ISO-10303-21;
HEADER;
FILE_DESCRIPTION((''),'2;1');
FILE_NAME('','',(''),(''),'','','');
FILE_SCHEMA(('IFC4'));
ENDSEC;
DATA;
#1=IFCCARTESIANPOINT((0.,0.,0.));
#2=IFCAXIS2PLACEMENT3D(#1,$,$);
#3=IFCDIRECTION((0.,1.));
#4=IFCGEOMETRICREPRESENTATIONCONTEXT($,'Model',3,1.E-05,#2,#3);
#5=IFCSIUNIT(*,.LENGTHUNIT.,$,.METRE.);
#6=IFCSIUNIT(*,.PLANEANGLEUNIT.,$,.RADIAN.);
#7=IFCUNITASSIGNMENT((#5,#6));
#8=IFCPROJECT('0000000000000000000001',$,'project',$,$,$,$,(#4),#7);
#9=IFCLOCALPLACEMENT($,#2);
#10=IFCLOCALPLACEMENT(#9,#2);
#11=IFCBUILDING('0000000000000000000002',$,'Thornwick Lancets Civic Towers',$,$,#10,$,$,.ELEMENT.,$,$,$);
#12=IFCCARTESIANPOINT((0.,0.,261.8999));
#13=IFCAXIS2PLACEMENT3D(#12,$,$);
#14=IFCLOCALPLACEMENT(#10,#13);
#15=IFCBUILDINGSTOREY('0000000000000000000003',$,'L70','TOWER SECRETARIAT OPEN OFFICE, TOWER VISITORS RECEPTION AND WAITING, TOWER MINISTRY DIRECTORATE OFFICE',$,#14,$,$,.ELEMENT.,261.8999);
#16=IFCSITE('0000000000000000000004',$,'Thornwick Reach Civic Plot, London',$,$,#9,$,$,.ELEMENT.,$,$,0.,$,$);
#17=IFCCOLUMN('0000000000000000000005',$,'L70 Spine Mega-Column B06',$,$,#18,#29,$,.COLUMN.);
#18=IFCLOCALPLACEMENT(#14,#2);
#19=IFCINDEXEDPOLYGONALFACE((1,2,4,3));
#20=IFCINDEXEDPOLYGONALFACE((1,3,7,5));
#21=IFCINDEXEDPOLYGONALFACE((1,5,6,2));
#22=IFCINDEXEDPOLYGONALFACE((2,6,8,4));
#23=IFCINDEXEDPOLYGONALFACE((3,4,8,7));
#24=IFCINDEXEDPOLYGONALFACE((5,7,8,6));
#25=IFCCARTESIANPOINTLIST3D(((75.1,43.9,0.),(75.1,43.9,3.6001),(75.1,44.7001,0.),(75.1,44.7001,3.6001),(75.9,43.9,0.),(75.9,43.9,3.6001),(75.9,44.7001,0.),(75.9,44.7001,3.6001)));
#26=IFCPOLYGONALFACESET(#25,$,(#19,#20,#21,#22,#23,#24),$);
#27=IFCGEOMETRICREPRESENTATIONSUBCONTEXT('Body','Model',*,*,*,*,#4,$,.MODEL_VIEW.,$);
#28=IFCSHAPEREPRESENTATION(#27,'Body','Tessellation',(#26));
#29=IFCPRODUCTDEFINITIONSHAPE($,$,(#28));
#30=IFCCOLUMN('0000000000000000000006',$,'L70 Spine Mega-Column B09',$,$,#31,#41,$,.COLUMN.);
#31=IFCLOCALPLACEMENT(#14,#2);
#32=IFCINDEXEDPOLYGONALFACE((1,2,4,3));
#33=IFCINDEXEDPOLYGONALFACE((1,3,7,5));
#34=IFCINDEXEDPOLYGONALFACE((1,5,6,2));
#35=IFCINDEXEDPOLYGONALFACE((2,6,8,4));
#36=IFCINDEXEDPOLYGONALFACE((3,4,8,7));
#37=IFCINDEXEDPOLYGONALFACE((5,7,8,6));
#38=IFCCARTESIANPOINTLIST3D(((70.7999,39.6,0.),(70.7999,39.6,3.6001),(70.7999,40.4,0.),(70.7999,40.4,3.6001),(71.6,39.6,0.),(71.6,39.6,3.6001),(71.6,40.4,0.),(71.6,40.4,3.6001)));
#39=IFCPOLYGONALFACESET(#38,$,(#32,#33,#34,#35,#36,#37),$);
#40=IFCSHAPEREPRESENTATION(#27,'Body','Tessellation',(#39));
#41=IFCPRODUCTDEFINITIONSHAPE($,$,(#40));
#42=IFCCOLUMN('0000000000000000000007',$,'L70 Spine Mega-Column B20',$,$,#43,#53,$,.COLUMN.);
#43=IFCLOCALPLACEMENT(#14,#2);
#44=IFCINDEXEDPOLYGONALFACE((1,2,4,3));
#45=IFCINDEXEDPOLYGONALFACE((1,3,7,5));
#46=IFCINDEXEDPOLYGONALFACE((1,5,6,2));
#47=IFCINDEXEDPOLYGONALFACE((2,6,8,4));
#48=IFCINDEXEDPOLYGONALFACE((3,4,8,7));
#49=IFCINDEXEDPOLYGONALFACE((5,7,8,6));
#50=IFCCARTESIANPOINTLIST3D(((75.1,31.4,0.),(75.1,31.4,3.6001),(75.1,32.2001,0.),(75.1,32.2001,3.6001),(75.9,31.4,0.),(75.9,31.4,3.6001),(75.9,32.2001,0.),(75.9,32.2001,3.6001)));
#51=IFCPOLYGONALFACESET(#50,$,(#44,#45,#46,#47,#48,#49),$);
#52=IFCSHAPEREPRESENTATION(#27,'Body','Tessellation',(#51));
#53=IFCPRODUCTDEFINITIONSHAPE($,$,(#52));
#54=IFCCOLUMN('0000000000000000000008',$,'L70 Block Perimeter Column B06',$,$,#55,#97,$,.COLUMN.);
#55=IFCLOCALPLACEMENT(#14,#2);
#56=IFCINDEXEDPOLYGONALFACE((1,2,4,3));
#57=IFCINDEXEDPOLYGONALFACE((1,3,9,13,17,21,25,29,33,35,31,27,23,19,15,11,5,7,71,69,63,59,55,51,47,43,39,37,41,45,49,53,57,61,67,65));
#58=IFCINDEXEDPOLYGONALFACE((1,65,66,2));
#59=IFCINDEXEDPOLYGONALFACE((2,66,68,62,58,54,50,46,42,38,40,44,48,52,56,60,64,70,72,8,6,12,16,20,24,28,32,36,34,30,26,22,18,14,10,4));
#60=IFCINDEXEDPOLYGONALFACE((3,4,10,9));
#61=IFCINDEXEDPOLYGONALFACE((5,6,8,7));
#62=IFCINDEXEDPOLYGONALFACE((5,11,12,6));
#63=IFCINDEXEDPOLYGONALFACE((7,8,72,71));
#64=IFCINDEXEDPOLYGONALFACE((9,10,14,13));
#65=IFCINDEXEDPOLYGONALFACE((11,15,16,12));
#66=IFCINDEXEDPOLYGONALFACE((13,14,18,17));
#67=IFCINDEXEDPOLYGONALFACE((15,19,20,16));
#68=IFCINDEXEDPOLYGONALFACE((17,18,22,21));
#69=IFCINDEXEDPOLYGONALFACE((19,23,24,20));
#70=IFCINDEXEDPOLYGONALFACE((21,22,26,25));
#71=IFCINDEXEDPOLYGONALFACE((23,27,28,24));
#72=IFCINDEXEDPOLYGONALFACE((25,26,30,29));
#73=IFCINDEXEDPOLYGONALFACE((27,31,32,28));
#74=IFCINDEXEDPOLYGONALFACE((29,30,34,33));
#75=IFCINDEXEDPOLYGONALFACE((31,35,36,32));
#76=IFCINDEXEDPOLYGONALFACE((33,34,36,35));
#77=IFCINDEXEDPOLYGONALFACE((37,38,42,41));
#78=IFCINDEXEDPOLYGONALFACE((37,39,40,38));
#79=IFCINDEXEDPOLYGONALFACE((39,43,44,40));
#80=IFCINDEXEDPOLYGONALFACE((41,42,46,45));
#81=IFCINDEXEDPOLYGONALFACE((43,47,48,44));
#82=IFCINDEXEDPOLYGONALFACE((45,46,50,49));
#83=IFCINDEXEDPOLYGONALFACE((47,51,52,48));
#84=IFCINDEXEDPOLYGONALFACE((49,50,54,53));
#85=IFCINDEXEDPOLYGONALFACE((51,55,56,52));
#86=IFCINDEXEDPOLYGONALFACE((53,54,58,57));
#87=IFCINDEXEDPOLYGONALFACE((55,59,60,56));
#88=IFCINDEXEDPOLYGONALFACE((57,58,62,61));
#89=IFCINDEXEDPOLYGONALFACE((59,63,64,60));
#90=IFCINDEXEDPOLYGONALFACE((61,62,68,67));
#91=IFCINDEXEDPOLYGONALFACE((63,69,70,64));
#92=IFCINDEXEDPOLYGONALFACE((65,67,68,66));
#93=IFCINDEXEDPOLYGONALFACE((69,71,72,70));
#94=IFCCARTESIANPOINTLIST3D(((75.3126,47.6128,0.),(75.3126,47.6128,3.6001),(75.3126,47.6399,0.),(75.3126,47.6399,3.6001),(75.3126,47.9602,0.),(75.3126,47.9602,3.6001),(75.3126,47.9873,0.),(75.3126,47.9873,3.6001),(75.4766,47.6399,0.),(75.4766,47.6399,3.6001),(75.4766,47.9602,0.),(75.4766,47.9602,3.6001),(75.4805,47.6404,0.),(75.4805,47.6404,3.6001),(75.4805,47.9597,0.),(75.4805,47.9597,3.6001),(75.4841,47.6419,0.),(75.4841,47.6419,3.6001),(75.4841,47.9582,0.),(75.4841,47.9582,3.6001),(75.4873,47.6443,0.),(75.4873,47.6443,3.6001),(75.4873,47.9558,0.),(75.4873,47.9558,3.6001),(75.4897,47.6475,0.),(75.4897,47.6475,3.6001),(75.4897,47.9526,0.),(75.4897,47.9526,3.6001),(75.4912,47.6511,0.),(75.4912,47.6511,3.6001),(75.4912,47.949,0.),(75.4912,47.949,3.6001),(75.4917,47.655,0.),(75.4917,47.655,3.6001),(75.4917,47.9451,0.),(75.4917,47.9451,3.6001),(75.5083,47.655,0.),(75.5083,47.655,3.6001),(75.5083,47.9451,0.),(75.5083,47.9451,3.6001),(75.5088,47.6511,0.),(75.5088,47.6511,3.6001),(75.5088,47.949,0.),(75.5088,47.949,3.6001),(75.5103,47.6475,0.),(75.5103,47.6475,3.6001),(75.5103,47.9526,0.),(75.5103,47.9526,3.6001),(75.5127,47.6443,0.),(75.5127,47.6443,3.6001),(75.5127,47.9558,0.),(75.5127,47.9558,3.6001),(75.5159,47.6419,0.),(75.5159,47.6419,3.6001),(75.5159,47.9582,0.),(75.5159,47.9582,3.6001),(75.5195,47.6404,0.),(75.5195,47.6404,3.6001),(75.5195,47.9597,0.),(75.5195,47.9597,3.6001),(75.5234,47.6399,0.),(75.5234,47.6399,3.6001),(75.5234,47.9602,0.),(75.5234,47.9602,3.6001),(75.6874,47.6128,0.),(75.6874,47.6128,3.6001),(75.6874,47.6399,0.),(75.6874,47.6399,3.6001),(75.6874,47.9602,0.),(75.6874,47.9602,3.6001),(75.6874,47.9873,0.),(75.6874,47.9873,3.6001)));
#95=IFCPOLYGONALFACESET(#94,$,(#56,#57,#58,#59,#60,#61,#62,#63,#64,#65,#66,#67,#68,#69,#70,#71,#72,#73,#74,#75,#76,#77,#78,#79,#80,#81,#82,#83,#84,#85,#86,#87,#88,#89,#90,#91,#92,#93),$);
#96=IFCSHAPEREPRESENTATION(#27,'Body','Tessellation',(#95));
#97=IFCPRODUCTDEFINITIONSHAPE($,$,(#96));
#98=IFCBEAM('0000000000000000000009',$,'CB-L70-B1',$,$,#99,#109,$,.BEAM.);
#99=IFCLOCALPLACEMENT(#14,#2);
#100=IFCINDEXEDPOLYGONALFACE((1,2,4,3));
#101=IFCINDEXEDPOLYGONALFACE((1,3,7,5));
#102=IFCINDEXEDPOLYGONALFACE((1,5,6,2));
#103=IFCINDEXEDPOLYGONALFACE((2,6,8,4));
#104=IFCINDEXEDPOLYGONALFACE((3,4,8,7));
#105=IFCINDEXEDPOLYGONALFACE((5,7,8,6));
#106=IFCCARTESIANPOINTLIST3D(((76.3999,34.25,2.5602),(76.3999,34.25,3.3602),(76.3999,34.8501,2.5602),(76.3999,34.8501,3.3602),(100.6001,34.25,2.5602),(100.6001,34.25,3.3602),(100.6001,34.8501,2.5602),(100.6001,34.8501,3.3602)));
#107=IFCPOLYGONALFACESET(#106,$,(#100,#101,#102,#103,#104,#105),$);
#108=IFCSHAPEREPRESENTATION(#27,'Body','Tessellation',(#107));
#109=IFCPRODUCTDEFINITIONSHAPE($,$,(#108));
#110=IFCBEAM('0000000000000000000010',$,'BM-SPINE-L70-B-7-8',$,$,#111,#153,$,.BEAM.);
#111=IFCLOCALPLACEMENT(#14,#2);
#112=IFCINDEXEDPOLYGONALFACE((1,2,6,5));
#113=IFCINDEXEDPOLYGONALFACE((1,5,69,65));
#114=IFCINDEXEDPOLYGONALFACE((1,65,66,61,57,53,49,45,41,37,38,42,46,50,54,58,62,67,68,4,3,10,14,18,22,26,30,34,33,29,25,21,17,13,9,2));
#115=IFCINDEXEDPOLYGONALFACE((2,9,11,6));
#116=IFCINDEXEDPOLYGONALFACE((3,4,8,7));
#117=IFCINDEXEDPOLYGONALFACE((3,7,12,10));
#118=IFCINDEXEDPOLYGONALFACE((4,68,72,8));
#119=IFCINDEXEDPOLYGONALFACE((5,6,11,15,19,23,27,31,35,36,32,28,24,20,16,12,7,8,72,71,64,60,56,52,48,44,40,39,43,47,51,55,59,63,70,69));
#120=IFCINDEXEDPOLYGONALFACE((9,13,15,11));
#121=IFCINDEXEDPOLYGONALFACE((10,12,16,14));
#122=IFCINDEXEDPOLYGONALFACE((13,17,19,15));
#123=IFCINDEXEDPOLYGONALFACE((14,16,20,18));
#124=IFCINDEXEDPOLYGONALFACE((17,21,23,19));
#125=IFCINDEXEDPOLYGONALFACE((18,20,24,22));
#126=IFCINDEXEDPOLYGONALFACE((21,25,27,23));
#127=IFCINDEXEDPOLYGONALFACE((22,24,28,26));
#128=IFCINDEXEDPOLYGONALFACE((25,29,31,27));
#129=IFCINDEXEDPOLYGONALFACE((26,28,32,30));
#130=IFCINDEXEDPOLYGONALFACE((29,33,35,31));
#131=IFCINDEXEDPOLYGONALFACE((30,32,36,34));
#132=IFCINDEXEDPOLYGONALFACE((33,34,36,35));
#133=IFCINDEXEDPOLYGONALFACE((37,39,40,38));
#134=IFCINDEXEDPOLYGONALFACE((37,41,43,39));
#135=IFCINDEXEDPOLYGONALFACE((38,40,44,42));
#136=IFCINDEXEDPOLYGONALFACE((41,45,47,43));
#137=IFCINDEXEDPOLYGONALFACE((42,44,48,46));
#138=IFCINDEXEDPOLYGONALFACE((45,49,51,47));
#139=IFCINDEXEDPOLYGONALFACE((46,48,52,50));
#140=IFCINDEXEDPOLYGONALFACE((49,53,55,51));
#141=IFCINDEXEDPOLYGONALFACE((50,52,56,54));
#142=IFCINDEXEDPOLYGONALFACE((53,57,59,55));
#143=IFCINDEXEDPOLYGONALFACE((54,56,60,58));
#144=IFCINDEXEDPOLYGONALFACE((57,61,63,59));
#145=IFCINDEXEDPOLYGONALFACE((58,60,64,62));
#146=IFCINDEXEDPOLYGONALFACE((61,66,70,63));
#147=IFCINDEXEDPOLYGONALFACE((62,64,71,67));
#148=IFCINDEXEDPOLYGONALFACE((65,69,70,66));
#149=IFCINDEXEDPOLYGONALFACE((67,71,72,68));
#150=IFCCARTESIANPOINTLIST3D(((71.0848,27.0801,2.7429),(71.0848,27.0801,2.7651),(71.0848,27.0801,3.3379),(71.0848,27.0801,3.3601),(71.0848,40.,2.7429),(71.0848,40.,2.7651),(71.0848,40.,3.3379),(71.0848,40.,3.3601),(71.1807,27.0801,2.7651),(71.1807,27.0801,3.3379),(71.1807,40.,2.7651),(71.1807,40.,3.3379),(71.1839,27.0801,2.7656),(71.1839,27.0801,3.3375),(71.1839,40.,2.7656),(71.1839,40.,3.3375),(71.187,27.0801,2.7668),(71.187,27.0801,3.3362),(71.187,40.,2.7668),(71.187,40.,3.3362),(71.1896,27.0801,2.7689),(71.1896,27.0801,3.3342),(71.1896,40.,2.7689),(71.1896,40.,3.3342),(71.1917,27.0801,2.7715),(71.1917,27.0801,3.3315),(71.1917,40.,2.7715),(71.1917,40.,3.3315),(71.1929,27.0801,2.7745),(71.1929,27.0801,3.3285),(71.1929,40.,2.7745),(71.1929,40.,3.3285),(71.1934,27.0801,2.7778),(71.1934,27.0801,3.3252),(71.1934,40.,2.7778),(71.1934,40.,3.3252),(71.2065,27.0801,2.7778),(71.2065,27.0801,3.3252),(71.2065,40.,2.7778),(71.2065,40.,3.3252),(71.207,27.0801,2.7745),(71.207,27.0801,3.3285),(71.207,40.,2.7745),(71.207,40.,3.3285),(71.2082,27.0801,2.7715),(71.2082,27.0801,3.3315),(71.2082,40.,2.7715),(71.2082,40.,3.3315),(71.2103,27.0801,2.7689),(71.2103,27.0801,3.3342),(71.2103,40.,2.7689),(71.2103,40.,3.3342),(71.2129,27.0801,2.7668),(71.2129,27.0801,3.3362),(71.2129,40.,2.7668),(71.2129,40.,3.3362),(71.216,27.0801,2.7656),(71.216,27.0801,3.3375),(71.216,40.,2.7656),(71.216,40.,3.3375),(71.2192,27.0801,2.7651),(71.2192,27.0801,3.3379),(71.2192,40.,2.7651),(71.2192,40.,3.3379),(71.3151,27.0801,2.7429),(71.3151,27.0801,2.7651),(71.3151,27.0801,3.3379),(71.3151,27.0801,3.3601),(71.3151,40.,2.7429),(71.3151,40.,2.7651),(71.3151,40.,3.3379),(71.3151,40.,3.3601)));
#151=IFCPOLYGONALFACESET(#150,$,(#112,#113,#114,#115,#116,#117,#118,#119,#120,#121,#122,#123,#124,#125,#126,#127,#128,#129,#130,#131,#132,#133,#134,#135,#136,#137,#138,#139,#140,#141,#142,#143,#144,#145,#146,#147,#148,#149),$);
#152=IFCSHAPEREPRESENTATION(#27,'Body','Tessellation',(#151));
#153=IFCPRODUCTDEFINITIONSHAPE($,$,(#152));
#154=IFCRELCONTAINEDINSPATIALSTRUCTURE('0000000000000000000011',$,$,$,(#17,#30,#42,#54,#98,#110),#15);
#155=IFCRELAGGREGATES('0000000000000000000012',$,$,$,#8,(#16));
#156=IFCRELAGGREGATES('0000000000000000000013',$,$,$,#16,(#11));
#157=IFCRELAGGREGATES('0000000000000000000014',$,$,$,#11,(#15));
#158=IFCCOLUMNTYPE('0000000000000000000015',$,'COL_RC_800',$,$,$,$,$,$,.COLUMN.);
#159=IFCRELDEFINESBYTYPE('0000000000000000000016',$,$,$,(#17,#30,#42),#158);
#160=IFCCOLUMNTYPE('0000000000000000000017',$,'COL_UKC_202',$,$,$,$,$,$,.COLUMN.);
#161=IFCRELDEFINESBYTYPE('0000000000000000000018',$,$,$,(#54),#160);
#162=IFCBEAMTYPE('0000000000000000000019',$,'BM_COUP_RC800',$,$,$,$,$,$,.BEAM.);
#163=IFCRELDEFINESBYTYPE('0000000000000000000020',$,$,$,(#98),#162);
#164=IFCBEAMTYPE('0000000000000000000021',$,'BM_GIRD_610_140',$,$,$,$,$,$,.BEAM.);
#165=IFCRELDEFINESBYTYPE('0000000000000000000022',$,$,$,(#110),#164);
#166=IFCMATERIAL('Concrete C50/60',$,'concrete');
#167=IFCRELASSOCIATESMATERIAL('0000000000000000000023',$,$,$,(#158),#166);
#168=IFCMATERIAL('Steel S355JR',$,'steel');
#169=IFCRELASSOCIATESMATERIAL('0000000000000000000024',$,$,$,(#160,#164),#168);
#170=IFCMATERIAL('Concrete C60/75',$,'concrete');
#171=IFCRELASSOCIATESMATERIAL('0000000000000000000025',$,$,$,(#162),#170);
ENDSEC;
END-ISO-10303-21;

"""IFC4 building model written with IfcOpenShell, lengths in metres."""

from ifc_helpers import new_model, si_unit, direction, frame, origin, origin_2d, place, context, subcontext, project, spatial, rectangle, i_section, extrude, material, material_profile, profile_set, type_object, element, save


model = new_model("IFC4")

# Units and contexts
model_context = context("Model", 3, precision=1e-05, world=origin(), true_north=direction((0.0, 1.0)))
body_context = subcontext(model_context, "Body", "Model", "MODEL_VIEW")
ifc_project = project(units=[si_unit("LENGTHUNIT", "METRE"), si_unit("PLANEANGLEUNIT", "RADIAN")], contexts=[model_context])

# Site, building, storey
site_placement = place(None, origin())
site = spatial("IfcSite", under=ifc_project, at=site_placement, Name="Thornwick Reach Civic Plot, London", CompositionType="ELEMENT", RefElevation=0.0)
building_placement = place(site_placement, origin())
building = spatial("IfcBuilding", under=site, at=building_placement, Name="Thornwick Lancets Civic Towers", CompositionType="ELEMENT")
storey_placement = place(building_placement, frame((0.0, 0.0, 261.8999)))
storey = spatial("IfcBuildingStorey", under=building, at=storey_placement, Name="L70", Description="TOWER SECRETARIAT OPEN OFFICE, TOWER VISITORS RECEPTION AND WAITING, TOWER MINISTRY DIRECTORATE OFFICE", CompositionType="ELEMENT", Elevation=261.8999)

# Columns
ifc_material_1 = material(Name="Concrete C50/60", Category="concrete")
ifc_material_profile_1 = material_profile(ifc_material_1, rectangle(XDim=0.8, YDim=0.8, at=origin_2d()), Name="RC 800x800")
ifc_profile_set_1 = profile_set([ifc_material_profile_1], Name="Concrete C50/60")
column_type_1 = type_object("IfcColumnType", Name="COL_RC_800", PredefinedType="COLUMN", material=ifc_profile_set_1)
for number, where, z_axis, x_axis, name in (
    (1, (75.5, 44.3, 0.0), (0.0, 0.0, 1.0), (1.0, 0.0, 0.0), "L70 Spine Mega-Column B06"),
    (2, (71.2, 40.0, 0.0), (0.0, 0.0, 1.0), (1.0, 0.0, 0.0), "L70 Spine Mega-Column B09"),
    (3, (75.5, 31.8, 0.0), (0.0, 0.0, 1.0), (1.0, 0.0, 0.0), "L70 Spine Mega-Column B20"),
):
    element("IfcColumn", number, at=place(storey_placement, frame(where, z_axis=z_axis, x_axis=x_axis)), inside=storey, type_object=column_type_1, Name=name, PredefinedType="COLUMN", context=body_context, shape_type="SweptSolid", body=[
        extrude(rectangle(XDim=0.8, YDim=0.8, at=origin_2d()), origin(), (0.0, 0.0, 1.0), 3.6001),
    ])
ifc_material_2 = material(Name="Steel S355JR", Category="steel")
ifc_material_profile_2 = material_profile(ifc_material_2, i_section(OverallWidth=0.3748, OverallDepth=0.3745, WebThickness=0.0166, FlangeThickness=0.0271, FilletRadius=0.0151, at=origin_2d()), Name="UKC 356x368x202")
ifc_profile_set_2 = profile_set([ifc_material_profile_2], Name="Steel S355JR")
column_type_2 = type_object("IfcColumnType", Name="COL_UKC_202", PredefinedType="COLUMN", material=ifc_profile_set_2)
column_placement = place(storey_placement, frame((75.5, 47.8, 0.0), z_axis=(0.0, 0.0, 1.0), x_axis=(1.0, 0.0, 0.0)))
element("IfcColumn", 4, at=column_placement, inside=storey, type_object=column_type_2, Name="L70 Block Perimeter Column B06", PredefinedType="COLUMN", context=body_context, shape_type="SweptSolid", body=[
    extrude(i_section(OverallWidth=0.3748, OverallDepth=0.3745, WebThickness=0.0166, FlangeThickness=0.0271, FilletRadius=0.0151, at=origin_2d()), origin(), (0.0, 0.0, 1.0), 3.6001),
])

# Beams
ifc_material_3 = material(Name="Concrete C60/75", Category="concrete")
ifc_material_profile_3 = material_profile(ifc_material_3, rectangle(XDim=0.6001, YDim=0.8, at=origin_2d()), Name="RC 600x800")
ifc_profile_set_3 = profile_set([ifc_material_profile_3], Name="Concrete C60/75")
beam_type_1 = type_object("IfcBeamType", Name="BM_COUP_RC800", PredefinedType="BEAM", material=ifc_profile_set_3)
beam_1_placement = place(storey_placement, frame((76.3999, 34.55, 2.9602), z_axis=(1.0, 0.0, 0.0), x_axis=(0.0, 1.0, 0.0)))
element("IfcBeam", 5, at=beam_1_placement, inside=storey, type_object=beam_type_1, Name="CB-L70-B1", PredefinedType="BEAM", context=body_context, shape_type="SweptSolid", body=[
    extrude(rectangle(XDim=0.6001, YDim=0.8, at=origin_2d()), origin(), (0.0, 0.0, 1.0), 24.2002),
])
ifc_material_profile_4 = material_profile(ifc_material_2, i_section(OverallWidth=0.2302, OverallDepth=0.6172, WebThickness=0.0132, FlangeThickness=0.0222, FilletRadius=0.0127, at=origin_2d()), Name="UKB 610x229x140")
ifc_profile_set_4 = profile_set([ifc_material_profile_4], Name="Steel S355JR")
beam_type_2 = type_object("IfcBeamType", Name="BM_GIRD_610_140", PredefinedType="BEAM", material=ifc_profile_set_4)
beam_2_placement = place(storey_placement, frame((71.2, 27.0801, 3.0515), z_axis=(0.0, 1.0, 0.0), x_axis=(-1.0, 0.0, 0.0)))
element("IfcBeam", 6, at=beam_2_placement, inside=storey, type_object=beam_type_2, Name="BM-SPINE-L70-B-7-8", PredefinedType="BEAM", context=body_context, shape_type="SweptSolid", body=[
    extrude(i_section(OverallWidth=0.2302, OverallDepth=0.6172, WebThickness=0.0132, FlangeThickness=0.0222, FilletRadius=0.0127, at=origin_2d()), origin(), (0.0, 0.0, 1.0), 12.9199),
])

save(model, "model.ifc")
